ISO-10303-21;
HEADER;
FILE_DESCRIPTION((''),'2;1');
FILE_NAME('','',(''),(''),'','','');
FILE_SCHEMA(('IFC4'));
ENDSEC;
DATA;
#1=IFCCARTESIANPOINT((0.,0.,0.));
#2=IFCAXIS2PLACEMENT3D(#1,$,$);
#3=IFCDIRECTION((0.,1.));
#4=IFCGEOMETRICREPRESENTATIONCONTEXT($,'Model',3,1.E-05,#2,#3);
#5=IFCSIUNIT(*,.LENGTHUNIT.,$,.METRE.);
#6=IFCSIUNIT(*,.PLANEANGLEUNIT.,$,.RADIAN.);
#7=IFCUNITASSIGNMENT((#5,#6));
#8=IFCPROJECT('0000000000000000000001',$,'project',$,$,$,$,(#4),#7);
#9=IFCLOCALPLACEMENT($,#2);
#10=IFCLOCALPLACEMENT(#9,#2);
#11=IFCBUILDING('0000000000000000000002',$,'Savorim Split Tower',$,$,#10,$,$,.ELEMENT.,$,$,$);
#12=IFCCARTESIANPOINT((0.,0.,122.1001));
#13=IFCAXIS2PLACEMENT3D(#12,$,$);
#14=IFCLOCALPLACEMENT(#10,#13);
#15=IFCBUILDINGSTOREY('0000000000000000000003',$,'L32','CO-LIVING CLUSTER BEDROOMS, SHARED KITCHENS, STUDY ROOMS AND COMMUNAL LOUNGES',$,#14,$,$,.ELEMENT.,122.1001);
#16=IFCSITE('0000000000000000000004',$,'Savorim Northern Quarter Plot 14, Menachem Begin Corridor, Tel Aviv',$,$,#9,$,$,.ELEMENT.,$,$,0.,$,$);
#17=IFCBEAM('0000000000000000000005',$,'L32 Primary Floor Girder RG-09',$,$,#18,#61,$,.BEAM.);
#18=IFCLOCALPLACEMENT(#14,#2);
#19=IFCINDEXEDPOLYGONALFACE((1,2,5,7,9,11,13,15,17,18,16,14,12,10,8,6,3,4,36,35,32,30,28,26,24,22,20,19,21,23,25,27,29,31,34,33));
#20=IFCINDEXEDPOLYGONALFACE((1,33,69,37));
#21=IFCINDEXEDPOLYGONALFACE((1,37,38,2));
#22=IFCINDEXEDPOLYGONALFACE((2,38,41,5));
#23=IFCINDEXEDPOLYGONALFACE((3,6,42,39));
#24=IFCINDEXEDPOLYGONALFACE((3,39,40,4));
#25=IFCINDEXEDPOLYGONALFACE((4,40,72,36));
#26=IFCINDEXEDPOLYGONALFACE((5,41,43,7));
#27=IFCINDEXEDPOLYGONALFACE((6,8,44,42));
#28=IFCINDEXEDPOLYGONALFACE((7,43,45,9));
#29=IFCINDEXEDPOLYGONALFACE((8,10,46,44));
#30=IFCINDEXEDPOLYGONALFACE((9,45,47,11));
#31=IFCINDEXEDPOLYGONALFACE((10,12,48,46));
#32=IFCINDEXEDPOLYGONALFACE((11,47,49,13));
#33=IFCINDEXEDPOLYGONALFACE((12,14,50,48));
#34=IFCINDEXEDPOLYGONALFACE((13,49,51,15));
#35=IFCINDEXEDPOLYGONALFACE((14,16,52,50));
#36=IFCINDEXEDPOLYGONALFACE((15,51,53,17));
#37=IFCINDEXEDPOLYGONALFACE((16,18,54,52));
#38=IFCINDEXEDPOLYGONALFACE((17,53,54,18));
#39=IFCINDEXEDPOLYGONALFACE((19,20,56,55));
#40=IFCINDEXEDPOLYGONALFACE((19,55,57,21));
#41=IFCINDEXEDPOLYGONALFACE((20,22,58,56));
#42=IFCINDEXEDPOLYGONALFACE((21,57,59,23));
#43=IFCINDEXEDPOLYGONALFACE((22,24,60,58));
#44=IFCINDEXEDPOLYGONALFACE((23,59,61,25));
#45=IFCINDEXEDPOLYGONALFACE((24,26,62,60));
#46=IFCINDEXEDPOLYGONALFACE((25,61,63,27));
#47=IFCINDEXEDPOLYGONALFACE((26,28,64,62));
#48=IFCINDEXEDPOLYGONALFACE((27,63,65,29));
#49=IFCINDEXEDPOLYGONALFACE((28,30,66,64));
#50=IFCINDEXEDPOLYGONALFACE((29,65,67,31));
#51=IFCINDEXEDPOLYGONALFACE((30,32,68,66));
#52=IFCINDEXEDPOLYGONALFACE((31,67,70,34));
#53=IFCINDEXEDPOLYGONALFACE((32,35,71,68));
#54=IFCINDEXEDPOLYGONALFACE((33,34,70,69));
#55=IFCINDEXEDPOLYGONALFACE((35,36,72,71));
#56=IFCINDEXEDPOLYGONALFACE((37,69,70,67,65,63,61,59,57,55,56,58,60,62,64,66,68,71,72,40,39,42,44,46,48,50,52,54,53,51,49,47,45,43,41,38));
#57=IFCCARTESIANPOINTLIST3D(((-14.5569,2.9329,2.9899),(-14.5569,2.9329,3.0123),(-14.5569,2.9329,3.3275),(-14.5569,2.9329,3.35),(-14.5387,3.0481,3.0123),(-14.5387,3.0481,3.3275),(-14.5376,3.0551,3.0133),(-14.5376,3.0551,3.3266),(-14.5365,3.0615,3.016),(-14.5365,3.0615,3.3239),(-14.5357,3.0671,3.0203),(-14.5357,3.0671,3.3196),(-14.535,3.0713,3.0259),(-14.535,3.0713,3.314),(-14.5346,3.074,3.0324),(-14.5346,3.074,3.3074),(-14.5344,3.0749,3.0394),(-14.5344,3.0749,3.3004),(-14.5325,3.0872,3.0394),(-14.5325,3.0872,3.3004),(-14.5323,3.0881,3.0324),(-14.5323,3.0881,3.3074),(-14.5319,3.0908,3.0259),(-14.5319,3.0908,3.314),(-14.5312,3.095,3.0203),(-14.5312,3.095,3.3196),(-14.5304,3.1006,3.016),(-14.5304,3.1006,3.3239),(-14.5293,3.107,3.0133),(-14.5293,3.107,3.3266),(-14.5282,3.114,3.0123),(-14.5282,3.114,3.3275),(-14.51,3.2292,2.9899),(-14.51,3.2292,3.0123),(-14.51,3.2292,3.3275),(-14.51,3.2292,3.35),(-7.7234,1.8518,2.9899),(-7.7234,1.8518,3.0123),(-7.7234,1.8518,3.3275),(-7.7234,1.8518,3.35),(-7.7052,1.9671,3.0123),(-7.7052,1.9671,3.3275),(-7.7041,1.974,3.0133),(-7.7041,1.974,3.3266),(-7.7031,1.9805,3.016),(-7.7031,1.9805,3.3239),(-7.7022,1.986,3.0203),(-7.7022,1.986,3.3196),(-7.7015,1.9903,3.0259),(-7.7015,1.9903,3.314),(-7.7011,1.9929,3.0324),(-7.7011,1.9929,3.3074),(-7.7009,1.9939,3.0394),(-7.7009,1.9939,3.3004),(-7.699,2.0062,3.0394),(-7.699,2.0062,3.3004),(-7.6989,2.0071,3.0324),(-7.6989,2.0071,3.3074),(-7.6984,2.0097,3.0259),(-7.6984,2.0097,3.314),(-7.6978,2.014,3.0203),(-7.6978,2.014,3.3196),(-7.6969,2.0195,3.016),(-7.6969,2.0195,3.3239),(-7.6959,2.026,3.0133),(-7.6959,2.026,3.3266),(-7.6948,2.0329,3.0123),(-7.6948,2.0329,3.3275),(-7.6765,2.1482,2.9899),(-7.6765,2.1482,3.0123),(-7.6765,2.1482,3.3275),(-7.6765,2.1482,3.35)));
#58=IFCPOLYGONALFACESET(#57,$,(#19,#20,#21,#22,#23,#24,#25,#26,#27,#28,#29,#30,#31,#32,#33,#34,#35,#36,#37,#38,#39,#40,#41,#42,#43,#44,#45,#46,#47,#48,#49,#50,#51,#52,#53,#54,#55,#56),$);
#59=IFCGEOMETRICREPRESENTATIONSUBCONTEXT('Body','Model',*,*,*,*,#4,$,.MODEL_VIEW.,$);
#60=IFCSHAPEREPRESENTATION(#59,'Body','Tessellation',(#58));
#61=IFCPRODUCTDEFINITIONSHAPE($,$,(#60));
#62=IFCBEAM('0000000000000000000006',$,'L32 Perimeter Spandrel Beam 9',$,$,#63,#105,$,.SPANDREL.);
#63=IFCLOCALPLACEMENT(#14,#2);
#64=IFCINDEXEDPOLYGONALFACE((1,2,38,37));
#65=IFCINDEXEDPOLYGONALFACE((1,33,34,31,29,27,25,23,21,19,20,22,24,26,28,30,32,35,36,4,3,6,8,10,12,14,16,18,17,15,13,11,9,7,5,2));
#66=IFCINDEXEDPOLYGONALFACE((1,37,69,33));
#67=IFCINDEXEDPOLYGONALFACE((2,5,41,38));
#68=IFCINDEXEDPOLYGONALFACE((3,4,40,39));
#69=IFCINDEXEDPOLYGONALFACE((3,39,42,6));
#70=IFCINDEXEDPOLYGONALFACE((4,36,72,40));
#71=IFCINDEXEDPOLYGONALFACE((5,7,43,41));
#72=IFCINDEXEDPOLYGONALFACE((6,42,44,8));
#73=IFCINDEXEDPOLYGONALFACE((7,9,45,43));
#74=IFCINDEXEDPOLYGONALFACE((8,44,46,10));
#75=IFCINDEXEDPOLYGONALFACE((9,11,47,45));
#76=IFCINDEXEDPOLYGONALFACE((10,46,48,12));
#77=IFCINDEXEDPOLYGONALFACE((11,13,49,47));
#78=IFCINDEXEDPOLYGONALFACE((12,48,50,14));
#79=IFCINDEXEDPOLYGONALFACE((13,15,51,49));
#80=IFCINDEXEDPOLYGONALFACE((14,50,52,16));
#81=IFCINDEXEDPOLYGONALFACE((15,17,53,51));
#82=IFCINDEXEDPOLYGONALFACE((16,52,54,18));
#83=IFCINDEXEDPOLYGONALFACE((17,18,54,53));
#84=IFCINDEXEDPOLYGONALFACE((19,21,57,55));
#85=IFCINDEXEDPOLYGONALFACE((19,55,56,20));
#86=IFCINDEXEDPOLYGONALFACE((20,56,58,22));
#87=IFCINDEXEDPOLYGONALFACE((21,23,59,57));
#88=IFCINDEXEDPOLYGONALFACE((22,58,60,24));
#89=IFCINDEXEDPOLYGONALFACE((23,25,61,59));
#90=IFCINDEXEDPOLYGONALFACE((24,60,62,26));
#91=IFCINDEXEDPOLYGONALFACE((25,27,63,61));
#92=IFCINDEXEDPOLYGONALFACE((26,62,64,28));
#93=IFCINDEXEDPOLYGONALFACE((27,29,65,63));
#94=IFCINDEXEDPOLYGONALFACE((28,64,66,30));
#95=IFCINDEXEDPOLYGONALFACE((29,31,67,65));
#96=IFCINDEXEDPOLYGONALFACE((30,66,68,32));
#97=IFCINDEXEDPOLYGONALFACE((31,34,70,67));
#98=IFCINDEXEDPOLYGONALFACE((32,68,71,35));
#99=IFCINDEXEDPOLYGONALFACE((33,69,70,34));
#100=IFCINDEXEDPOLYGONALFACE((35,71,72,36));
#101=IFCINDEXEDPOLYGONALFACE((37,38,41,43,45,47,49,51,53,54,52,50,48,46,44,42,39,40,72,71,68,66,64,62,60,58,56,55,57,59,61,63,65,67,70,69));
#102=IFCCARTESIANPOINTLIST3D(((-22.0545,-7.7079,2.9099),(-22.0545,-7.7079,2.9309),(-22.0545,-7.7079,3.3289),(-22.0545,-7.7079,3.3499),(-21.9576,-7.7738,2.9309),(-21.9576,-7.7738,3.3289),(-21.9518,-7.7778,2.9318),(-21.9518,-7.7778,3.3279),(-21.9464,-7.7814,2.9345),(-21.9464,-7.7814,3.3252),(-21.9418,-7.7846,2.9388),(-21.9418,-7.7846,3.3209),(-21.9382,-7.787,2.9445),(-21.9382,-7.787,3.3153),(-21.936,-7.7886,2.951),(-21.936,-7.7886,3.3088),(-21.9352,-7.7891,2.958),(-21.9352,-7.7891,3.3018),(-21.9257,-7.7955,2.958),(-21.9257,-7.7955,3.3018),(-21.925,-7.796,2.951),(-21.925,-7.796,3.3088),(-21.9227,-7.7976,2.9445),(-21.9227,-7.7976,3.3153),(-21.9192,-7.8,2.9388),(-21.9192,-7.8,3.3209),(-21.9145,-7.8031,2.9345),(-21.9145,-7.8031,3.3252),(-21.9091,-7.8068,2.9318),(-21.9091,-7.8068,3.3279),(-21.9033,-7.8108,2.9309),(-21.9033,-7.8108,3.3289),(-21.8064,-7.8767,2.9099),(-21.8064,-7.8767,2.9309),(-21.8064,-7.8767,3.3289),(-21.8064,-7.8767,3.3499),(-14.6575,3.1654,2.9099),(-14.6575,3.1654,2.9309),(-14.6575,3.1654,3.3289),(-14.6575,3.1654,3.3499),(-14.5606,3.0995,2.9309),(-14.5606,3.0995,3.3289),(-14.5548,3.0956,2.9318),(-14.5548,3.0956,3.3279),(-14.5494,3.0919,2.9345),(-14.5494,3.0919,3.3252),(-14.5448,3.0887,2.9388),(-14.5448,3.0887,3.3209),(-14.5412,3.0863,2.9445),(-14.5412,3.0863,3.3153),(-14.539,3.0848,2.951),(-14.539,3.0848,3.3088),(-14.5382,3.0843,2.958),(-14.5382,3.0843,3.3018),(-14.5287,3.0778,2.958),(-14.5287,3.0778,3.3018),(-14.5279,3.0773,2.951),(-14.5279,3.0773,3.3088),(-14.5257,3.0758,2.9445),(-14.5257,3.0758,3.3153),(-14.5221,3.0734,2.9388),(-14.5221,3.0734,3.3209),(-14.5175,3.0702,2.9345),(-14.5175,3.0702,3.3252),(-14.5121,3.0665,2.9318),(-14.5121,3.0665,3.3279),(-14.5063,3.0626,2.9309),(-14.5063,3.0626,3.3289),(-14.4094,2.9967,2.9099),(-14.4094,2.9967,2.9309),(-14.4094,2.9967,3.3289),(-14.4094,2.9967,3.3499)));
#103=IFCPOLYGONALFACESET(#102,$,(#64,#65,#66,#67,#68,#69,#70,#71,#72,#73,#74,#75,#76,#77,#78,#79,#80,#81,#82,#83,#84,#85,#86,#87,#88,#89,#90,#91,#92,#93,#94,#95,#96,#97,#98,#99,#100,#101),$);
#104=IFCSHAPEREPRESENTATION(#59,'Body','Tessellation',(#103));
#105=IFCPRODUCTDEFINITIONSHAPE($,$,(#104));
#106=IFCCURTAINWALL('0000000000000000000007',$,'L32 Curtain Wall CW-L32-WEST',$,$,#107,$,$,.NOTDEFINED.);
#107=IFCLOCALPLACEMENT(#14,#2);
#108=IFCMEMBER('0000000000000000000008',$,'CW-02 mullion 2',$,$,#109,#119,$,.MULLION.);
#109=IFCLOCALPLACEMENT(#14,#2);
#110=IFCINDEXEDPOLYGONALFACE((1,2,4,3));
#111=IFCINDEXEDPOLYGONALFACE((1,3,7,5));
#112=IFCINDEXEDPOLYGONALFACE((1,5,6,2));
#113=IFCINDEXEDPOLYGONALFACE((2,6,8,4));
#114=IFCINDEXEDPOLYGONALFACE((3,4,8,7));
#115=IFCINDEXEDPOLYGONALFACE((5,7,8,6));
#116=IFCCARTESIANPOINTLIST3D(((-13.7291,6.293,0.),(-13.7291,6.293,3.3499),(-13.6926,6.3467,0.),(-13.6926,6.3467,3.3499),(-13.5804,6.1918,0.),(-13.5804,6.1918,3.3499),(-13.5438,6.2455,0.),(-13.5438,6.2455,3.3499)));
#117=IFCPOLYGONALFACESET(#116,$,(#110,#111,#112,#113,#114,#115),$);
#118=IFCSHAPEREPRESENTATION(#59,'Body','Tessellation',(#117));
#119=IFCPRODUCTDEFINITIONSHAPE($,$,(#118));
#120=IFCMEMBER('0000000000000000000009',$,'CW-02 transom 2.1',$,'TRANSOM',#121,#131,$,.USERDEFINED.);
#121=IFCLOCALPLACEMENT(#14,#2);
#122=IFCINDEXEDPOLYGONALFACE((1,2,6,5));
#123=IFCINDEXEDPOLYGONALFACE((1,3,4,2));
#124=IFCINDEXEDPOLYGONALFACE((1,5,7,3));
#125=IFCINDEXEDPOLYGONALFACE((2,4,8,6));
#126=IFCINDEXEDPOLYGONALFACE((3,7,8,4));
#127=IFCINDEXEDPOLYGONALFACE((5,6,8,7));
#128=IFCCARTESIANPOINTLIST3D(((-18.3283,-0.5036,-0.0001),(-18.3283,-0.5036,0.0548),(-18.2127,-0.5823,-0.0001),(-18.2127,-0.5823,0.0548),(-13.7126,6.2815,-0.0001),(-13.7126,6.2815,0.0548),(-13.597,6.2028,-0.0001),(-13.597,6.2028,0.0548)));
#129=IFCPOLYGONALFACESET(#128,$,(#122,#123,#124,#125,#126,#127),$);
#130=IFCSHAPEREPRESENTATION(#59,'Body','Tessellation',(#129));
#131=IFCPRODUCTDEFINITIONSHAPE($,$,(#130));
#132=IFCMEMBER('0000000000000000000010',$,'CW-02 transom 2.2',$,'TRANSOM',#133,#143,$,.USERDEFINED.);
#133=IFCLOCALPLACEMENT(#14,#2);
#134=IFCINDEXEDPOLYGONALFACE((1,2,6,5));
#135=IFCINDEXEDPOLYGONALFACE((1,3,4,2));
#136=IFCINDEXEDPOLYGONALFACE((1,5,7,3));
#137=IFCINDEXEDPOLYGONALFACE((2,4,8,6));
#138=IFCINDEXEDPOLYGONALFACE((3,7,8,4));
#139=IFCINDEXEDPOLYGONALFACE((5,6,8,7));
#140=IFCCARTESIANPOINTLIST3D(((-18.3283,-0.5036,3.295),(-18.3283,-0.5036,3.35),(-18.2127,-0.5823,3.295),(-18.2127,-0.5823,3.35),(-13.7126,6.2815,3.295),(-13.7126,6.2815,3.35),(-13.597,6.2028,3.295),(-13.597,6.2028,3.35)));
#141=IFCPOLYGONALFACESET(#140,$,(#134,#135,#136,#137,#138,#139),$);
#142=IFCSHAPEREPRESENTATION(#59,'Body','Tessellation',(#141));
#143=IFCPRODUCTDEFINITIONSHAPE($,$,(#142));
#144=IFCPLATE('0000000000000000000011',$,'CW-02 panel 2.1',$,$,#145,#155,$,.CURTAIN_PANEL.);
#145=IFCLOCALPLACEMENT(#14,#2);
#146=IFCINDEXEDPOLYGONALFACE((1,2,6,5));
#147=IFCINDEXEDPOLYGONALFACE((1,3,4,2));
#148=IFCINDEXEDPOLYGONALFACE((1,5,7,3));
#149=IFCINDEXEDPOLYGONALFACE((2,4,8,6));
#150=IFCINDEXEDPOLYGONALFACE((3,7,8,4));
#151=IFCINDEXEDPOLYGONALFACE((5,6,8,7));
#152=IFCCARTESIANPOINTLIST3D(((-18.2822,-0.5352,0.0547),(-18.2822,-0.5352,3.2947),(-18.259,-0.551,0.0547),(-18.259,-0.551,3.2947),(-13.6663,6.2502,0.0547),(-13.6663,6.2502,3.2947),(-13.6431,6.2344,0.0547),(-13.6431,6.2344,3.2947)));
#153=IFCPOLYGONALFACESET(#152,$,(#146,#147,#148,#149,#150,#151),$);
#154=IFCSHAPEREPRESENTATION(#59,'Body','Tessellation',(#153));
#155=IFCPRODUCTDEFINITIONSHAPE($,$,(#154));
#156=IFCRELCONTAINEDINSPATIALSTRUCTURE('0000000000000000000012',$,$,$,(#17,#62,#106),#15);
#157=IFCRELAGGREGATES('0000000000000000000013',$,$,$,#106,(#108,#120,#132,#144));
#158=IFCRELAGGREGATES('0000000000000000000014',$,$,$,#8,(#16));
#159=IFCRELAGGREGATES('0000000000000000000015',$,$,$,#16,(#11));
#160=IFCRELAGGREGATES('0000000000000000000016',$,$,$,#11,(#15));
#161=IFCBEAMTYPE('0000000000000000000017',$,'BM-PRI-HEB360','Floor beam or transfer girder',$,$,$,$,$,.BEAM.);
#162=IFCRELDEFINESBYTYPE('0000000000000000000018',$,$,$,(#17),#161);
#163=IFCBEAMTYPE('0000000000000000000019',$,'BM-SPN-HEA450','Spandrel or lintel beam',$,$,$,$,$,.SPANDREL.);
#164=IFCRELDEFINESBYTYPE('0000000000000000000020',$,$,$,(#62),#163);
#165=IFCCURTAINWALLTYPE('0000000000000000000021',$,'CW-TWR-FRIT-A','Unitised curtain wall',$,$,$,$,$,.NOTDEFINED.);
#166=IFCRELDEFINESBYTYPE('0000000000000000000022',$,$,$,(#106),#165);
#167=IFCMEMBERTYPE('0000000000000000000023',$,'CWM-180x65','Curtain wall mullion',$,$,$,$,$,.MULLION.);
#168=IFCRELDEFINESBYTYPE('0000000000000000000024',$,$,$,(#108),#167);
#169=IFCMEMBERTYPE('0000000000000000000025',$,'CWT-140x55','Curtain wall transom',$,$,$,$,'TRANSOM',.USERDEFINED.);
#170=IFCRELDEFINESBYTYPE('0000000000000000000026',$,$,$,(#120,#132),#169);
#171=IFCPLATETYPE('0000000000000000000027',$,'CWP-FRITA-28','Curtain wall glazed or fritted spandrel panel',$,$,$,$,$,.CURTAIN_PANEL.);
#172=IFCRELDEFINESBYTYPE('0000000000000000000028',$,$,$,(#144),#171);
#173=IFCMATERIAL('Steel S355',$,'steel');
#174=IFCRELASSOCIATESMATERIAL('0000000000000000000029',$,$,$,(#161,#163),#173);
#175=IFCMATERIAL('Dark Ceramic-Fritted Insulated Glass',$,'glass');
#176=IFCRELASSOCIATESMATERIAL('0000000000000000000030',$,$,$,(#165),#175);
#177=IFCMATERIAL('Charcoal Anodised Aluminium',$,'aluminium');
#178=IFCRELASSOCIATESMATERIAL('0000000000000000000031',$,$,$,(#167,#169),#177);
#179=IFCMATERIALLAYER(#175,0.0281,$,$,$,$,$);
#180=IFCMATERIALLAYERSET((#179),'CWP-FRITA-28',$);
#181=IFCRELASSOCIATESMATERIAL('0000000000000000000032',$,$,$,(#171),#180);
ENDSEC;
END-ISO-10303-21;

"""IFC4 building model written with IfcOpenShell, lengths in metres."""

from ifc_helpers import new_model, si_unit, direction, frame, origin, origin_2d, place, context, subcontext, project, spatial, rectangle, i_section, extrude, material, layer, layer_set, material_profile, profile_set, type_object, element, aggregate, save


model = new_model("IFC4")

# Units and contexts
model_context = context("Model", 3, precision=1e-05, world=origin(), true_north=direction((0.0, 1.0)))
body_context = subcontext(model_context, "Body", "Model", "MODEL_VIEW")
ifc_project = project(units=[si_unit("LENGTHUNIT", "METRE"), si_unit("PLANEANGLEUNIT", "RADIAN")], contexts=[model_context])

# Site, building, storey
site_placement = place(None, origin())
site = spatial("IfcSite", under=ifc_project, at=site_placement, Name="Savorim Northern Quarter Plot 14, Menachem Begin Corridor, Tel Aviv", CompositionType="ELEMENT", RefElevation=0.0)
building_placement = place(site_placement, origin())
building = spatial("IfcBuilding", under=site, at=building_placement, Name="Savorim Split Tower", CompositionType="ELEMENT")
storey_placement = place(building_placement, frame((0.0, 0.0, 122.1001)))
storey = spatial("IfcBuildingStorey", under=building, at=storey_placement, Name="L32", Description="CO-LIVING CLUSTER BEDROOMS, SHARED KITCHENS, STUDY ROOMS AND COMMUNAL LOUNGES", CompositionType="ELEMENT", Elevation=122.1001)

# Beams
ifc_material_1 = material(Name="Steel S355", Category="steel")
ifc_material_profile_1 = material_profile(ifc_material_1, i_section(OverallWidth=0.3, OverallDepth=0.3601, WebThickness=0.0125, FlangeThickness=0.0225, FilletRadius=0.0271, at=origin_2d()), Name="HEB 360")
ifc_profile_set_1 = profile_set([ifc_material_profile_1], Name="Steel S355")
beam_type_1 = type_object("IfcBeamType", Name="BM-PRI-HEB360", Description="Floor beam or transfer girder", PredefinedType="BEAM", material=ifc_profile_set_1)
beam_1_placement = place(storey_placement, frame((-14.5334, 3.0811, 3.1699), z_axis=(0.987717, -0.156256, 0.0), x_axis=(0.156256, 0.987717, 0.0)))
element("IfcBeam", 1, at=beam_1_placement, inside=storey, type_object=beam_type_1, Name="L32 Primary Floor Girder RG-09", PredefinedType="BEAM", context=body_context, shape_type="SweptSolid", body=[
    extrude(i_section(OverallWidth=0.3, OverallDepth=0.3601, WebThickness=0.0125, FlangeThickness=0.0225, FilletRadius=0.0271, at=origin_2d()), origin(), (0.0, 0.0, 1.0), 6.9185),
])
ifc_material_profile_2 = material_profile(ifc_material_1, i_section(OverallWidth=0.3, OverallDepth=0.4399, WebThickness=0.0115, FlangeThickness=0.021, FilletRadius=0.0271, at=origin_2d()), Name="HEA 450")
ifc_profile_set_2 = profile_set([ifc_material_profile_2], Name="Steel S355")
beam_type_2 = type_object("IfcBeamType", Name="BM-SPN-HEA450", Description="Spandrel or lintel beam", PredefinedType="SPANDREL", material=ifc_profile_set_2)
beam_2_placement = place(storey_placement, frame((-14.5334, 3.0811, 3.1299), z_axis=(-0.562473, -0.826816, 0.0), x_axis=(0.826816, -0.562473, 0.0)))
element("IfcBeam", 2, at=beam_2_placement, inside=storey, type_object=beam_type_2, Name="L32 Perimeter Spandrel Beam 9", PredefinedType="SPANDREL", context=body_context, shape_type="SweptSolid", body=[
    extrude(i_section(OverallWidth=0.3, OverallDepth=0.4399, WebThickness=0.0115, FlangeThickness=0.021, FilletRadius=0.0271, at=origin_2d()), origin(), (0.0, 0.0, 1.0), 13.1509),
])

# Curtain wall, members, plate
ifc_material_2 = material(Name="Dark Ceramic-Fritted Insulated Glass", Category="glass")
curtain_wall_type = type_object("IfcCurtainWallType", Name="CW-TWR-FRIT-A", Description="Unitised curtain wall", PredefinedType="NOTDEFINED", material=ifc_material_2)
curtain_wall_placement = place(storey_placement, origin())
curtain_wall = element("IfcCurtainWall", 3, at=curtain_wall_placement, inside=storey, type_object=curtain_wall_type, Name="L32 Curtain Wall CW-L32-WEST", PredefinedType="NOTDEFINED")
ifc_material_3 = material(Name="Charcoal Anodised Aluminium", Category="aluminium")
ifc_material_profile_3 = material_profile(ifc_material_3, rectangle(XDim=0.1799, YDim=0.0649, at=origin_2d()), Name="ALU-M 180x65")
ifc_profile_set_3 = profile_set([ifc_material_profile_3], Name="Charcoal Anodised Aluminium")
member_type_1 = type_object("IfcMemberType", Name="CWM-180x65", Description="Curtain wall mullion", PredefinedType="MULLION", material=ifc_profile_set_3)
member_1_placement = place(storey_placement, frame((-13.6365, 6.2693, 0.0), z_axis=(0.0, 0.0, 1.0), x_axis=(0.82682, -0.562467, 0.0)))
member_1 = element("IfcMember", 4, at=member_1_placement, type_object=member_type_1, Name="CW-02 mullion 2", PredefinedType="MULLION", context=body_context, shape_type="SweptSolid", body=[
    extrude(rectangle(XDim=0.1799, YDim=0.0649, at=origin_2d()), origin(), (0.0, 0.0, 1.0), 3.3499),
])
ifc_material_profile_4 = material_profile(ifc_material_3, rectangle(XDim=0.1399, YDim=0.0549, at=origin_2d()), Name="ALU-T 140x55")
ifc_profile_set_4 = profile_set([ifc_material_profile_4], Name="Charcoal Anodised Aluminium")
member_type_2 = type_object("IfcMemberType", Name="CWT-140x55", Description="Curtain wall transom", ElementType="TRANSOM", PredefinedType="USERDEFINED", material=ifc_profile_set_4)
member_2_placement = place(storey_placement, frame((-13.6548, 6.2422, 0.0273), z_axis=(-0.562461, -0.826824, 0.0), x_axis=(0.826824, -0.562461, 0.0)))
member_2 = element("IfcMember", 5, at=member_2_placement, type_object=member_type_2, Name="CW-02 transom 2.1", ObjectType="TRANSOM", PredefinedType="USERDEFINED", context=body_context, shape_type="SweptSolid", body=[
    extrude(rectangle(XDim=0.1399, YDim=0.0549, at=origin_2d()), origin(), (0.0, 0.0, 1.0), 8.2063),
])
member_3_placement = place(storey_placement, frame((-13.6548, 6.2422, 3.3225), z_axis=(-0.562461, -0.826824, 0.0), x_axis=(0.826824, -0.562461, 0.0)))
member_3 = element("IfcMember", 6, at=member_3_placement, type_object=member_type_2, Name="CW-02 transom 2.2", ObjectType="TRANSOM", PredefinedType="USERDEFINED", context=body_context, shape_type="SweptSolid", body=[
    extrude(rectangle(XDim=0.1399, YDim=0.0549, at=origin_2d()), origin(), (0.0, 0.0, 1.0), 8.2063),
])
ifc_layer_1 = layer(ifc_material_2, 0.0281)
ifc_layer_set_1 = layer_set([ifc_layer_1], Name="CWP-FRITA-28")
plate_type = type_object("IfcPlateType", Name="CWP-FRITA-28", Description="Curtain wall glazed or fritted spandrel panel", PredefinedType="CURTAIN_PANEL", material=ifc_layer_set_1)
plate_placement = place(storey_placement, frame((-15.9626, 2.8496, 0.0547), z_axis=(0.0, 0.0, 1.0), x_axis=(-0.562467, -0.82682, 0.0)))
plate = element("IfcPlate", 7, at=plate_placement, type_object=plate_type, Name="CW-02 panel 2.1", PredefinedType="CURTAIN_PANEL", context=body_context, shape_type="SweptSolid", body=[
    extrude(rectangle(XDim=8.2065, YDim=0.0281, at=origin_2d()), origin(), (0.0, 0.0, 1.0), 3.24),
])
aggregate(curtain_wall, [member_1, member_2, member_3, plate])

save(model, "model.ifc")
